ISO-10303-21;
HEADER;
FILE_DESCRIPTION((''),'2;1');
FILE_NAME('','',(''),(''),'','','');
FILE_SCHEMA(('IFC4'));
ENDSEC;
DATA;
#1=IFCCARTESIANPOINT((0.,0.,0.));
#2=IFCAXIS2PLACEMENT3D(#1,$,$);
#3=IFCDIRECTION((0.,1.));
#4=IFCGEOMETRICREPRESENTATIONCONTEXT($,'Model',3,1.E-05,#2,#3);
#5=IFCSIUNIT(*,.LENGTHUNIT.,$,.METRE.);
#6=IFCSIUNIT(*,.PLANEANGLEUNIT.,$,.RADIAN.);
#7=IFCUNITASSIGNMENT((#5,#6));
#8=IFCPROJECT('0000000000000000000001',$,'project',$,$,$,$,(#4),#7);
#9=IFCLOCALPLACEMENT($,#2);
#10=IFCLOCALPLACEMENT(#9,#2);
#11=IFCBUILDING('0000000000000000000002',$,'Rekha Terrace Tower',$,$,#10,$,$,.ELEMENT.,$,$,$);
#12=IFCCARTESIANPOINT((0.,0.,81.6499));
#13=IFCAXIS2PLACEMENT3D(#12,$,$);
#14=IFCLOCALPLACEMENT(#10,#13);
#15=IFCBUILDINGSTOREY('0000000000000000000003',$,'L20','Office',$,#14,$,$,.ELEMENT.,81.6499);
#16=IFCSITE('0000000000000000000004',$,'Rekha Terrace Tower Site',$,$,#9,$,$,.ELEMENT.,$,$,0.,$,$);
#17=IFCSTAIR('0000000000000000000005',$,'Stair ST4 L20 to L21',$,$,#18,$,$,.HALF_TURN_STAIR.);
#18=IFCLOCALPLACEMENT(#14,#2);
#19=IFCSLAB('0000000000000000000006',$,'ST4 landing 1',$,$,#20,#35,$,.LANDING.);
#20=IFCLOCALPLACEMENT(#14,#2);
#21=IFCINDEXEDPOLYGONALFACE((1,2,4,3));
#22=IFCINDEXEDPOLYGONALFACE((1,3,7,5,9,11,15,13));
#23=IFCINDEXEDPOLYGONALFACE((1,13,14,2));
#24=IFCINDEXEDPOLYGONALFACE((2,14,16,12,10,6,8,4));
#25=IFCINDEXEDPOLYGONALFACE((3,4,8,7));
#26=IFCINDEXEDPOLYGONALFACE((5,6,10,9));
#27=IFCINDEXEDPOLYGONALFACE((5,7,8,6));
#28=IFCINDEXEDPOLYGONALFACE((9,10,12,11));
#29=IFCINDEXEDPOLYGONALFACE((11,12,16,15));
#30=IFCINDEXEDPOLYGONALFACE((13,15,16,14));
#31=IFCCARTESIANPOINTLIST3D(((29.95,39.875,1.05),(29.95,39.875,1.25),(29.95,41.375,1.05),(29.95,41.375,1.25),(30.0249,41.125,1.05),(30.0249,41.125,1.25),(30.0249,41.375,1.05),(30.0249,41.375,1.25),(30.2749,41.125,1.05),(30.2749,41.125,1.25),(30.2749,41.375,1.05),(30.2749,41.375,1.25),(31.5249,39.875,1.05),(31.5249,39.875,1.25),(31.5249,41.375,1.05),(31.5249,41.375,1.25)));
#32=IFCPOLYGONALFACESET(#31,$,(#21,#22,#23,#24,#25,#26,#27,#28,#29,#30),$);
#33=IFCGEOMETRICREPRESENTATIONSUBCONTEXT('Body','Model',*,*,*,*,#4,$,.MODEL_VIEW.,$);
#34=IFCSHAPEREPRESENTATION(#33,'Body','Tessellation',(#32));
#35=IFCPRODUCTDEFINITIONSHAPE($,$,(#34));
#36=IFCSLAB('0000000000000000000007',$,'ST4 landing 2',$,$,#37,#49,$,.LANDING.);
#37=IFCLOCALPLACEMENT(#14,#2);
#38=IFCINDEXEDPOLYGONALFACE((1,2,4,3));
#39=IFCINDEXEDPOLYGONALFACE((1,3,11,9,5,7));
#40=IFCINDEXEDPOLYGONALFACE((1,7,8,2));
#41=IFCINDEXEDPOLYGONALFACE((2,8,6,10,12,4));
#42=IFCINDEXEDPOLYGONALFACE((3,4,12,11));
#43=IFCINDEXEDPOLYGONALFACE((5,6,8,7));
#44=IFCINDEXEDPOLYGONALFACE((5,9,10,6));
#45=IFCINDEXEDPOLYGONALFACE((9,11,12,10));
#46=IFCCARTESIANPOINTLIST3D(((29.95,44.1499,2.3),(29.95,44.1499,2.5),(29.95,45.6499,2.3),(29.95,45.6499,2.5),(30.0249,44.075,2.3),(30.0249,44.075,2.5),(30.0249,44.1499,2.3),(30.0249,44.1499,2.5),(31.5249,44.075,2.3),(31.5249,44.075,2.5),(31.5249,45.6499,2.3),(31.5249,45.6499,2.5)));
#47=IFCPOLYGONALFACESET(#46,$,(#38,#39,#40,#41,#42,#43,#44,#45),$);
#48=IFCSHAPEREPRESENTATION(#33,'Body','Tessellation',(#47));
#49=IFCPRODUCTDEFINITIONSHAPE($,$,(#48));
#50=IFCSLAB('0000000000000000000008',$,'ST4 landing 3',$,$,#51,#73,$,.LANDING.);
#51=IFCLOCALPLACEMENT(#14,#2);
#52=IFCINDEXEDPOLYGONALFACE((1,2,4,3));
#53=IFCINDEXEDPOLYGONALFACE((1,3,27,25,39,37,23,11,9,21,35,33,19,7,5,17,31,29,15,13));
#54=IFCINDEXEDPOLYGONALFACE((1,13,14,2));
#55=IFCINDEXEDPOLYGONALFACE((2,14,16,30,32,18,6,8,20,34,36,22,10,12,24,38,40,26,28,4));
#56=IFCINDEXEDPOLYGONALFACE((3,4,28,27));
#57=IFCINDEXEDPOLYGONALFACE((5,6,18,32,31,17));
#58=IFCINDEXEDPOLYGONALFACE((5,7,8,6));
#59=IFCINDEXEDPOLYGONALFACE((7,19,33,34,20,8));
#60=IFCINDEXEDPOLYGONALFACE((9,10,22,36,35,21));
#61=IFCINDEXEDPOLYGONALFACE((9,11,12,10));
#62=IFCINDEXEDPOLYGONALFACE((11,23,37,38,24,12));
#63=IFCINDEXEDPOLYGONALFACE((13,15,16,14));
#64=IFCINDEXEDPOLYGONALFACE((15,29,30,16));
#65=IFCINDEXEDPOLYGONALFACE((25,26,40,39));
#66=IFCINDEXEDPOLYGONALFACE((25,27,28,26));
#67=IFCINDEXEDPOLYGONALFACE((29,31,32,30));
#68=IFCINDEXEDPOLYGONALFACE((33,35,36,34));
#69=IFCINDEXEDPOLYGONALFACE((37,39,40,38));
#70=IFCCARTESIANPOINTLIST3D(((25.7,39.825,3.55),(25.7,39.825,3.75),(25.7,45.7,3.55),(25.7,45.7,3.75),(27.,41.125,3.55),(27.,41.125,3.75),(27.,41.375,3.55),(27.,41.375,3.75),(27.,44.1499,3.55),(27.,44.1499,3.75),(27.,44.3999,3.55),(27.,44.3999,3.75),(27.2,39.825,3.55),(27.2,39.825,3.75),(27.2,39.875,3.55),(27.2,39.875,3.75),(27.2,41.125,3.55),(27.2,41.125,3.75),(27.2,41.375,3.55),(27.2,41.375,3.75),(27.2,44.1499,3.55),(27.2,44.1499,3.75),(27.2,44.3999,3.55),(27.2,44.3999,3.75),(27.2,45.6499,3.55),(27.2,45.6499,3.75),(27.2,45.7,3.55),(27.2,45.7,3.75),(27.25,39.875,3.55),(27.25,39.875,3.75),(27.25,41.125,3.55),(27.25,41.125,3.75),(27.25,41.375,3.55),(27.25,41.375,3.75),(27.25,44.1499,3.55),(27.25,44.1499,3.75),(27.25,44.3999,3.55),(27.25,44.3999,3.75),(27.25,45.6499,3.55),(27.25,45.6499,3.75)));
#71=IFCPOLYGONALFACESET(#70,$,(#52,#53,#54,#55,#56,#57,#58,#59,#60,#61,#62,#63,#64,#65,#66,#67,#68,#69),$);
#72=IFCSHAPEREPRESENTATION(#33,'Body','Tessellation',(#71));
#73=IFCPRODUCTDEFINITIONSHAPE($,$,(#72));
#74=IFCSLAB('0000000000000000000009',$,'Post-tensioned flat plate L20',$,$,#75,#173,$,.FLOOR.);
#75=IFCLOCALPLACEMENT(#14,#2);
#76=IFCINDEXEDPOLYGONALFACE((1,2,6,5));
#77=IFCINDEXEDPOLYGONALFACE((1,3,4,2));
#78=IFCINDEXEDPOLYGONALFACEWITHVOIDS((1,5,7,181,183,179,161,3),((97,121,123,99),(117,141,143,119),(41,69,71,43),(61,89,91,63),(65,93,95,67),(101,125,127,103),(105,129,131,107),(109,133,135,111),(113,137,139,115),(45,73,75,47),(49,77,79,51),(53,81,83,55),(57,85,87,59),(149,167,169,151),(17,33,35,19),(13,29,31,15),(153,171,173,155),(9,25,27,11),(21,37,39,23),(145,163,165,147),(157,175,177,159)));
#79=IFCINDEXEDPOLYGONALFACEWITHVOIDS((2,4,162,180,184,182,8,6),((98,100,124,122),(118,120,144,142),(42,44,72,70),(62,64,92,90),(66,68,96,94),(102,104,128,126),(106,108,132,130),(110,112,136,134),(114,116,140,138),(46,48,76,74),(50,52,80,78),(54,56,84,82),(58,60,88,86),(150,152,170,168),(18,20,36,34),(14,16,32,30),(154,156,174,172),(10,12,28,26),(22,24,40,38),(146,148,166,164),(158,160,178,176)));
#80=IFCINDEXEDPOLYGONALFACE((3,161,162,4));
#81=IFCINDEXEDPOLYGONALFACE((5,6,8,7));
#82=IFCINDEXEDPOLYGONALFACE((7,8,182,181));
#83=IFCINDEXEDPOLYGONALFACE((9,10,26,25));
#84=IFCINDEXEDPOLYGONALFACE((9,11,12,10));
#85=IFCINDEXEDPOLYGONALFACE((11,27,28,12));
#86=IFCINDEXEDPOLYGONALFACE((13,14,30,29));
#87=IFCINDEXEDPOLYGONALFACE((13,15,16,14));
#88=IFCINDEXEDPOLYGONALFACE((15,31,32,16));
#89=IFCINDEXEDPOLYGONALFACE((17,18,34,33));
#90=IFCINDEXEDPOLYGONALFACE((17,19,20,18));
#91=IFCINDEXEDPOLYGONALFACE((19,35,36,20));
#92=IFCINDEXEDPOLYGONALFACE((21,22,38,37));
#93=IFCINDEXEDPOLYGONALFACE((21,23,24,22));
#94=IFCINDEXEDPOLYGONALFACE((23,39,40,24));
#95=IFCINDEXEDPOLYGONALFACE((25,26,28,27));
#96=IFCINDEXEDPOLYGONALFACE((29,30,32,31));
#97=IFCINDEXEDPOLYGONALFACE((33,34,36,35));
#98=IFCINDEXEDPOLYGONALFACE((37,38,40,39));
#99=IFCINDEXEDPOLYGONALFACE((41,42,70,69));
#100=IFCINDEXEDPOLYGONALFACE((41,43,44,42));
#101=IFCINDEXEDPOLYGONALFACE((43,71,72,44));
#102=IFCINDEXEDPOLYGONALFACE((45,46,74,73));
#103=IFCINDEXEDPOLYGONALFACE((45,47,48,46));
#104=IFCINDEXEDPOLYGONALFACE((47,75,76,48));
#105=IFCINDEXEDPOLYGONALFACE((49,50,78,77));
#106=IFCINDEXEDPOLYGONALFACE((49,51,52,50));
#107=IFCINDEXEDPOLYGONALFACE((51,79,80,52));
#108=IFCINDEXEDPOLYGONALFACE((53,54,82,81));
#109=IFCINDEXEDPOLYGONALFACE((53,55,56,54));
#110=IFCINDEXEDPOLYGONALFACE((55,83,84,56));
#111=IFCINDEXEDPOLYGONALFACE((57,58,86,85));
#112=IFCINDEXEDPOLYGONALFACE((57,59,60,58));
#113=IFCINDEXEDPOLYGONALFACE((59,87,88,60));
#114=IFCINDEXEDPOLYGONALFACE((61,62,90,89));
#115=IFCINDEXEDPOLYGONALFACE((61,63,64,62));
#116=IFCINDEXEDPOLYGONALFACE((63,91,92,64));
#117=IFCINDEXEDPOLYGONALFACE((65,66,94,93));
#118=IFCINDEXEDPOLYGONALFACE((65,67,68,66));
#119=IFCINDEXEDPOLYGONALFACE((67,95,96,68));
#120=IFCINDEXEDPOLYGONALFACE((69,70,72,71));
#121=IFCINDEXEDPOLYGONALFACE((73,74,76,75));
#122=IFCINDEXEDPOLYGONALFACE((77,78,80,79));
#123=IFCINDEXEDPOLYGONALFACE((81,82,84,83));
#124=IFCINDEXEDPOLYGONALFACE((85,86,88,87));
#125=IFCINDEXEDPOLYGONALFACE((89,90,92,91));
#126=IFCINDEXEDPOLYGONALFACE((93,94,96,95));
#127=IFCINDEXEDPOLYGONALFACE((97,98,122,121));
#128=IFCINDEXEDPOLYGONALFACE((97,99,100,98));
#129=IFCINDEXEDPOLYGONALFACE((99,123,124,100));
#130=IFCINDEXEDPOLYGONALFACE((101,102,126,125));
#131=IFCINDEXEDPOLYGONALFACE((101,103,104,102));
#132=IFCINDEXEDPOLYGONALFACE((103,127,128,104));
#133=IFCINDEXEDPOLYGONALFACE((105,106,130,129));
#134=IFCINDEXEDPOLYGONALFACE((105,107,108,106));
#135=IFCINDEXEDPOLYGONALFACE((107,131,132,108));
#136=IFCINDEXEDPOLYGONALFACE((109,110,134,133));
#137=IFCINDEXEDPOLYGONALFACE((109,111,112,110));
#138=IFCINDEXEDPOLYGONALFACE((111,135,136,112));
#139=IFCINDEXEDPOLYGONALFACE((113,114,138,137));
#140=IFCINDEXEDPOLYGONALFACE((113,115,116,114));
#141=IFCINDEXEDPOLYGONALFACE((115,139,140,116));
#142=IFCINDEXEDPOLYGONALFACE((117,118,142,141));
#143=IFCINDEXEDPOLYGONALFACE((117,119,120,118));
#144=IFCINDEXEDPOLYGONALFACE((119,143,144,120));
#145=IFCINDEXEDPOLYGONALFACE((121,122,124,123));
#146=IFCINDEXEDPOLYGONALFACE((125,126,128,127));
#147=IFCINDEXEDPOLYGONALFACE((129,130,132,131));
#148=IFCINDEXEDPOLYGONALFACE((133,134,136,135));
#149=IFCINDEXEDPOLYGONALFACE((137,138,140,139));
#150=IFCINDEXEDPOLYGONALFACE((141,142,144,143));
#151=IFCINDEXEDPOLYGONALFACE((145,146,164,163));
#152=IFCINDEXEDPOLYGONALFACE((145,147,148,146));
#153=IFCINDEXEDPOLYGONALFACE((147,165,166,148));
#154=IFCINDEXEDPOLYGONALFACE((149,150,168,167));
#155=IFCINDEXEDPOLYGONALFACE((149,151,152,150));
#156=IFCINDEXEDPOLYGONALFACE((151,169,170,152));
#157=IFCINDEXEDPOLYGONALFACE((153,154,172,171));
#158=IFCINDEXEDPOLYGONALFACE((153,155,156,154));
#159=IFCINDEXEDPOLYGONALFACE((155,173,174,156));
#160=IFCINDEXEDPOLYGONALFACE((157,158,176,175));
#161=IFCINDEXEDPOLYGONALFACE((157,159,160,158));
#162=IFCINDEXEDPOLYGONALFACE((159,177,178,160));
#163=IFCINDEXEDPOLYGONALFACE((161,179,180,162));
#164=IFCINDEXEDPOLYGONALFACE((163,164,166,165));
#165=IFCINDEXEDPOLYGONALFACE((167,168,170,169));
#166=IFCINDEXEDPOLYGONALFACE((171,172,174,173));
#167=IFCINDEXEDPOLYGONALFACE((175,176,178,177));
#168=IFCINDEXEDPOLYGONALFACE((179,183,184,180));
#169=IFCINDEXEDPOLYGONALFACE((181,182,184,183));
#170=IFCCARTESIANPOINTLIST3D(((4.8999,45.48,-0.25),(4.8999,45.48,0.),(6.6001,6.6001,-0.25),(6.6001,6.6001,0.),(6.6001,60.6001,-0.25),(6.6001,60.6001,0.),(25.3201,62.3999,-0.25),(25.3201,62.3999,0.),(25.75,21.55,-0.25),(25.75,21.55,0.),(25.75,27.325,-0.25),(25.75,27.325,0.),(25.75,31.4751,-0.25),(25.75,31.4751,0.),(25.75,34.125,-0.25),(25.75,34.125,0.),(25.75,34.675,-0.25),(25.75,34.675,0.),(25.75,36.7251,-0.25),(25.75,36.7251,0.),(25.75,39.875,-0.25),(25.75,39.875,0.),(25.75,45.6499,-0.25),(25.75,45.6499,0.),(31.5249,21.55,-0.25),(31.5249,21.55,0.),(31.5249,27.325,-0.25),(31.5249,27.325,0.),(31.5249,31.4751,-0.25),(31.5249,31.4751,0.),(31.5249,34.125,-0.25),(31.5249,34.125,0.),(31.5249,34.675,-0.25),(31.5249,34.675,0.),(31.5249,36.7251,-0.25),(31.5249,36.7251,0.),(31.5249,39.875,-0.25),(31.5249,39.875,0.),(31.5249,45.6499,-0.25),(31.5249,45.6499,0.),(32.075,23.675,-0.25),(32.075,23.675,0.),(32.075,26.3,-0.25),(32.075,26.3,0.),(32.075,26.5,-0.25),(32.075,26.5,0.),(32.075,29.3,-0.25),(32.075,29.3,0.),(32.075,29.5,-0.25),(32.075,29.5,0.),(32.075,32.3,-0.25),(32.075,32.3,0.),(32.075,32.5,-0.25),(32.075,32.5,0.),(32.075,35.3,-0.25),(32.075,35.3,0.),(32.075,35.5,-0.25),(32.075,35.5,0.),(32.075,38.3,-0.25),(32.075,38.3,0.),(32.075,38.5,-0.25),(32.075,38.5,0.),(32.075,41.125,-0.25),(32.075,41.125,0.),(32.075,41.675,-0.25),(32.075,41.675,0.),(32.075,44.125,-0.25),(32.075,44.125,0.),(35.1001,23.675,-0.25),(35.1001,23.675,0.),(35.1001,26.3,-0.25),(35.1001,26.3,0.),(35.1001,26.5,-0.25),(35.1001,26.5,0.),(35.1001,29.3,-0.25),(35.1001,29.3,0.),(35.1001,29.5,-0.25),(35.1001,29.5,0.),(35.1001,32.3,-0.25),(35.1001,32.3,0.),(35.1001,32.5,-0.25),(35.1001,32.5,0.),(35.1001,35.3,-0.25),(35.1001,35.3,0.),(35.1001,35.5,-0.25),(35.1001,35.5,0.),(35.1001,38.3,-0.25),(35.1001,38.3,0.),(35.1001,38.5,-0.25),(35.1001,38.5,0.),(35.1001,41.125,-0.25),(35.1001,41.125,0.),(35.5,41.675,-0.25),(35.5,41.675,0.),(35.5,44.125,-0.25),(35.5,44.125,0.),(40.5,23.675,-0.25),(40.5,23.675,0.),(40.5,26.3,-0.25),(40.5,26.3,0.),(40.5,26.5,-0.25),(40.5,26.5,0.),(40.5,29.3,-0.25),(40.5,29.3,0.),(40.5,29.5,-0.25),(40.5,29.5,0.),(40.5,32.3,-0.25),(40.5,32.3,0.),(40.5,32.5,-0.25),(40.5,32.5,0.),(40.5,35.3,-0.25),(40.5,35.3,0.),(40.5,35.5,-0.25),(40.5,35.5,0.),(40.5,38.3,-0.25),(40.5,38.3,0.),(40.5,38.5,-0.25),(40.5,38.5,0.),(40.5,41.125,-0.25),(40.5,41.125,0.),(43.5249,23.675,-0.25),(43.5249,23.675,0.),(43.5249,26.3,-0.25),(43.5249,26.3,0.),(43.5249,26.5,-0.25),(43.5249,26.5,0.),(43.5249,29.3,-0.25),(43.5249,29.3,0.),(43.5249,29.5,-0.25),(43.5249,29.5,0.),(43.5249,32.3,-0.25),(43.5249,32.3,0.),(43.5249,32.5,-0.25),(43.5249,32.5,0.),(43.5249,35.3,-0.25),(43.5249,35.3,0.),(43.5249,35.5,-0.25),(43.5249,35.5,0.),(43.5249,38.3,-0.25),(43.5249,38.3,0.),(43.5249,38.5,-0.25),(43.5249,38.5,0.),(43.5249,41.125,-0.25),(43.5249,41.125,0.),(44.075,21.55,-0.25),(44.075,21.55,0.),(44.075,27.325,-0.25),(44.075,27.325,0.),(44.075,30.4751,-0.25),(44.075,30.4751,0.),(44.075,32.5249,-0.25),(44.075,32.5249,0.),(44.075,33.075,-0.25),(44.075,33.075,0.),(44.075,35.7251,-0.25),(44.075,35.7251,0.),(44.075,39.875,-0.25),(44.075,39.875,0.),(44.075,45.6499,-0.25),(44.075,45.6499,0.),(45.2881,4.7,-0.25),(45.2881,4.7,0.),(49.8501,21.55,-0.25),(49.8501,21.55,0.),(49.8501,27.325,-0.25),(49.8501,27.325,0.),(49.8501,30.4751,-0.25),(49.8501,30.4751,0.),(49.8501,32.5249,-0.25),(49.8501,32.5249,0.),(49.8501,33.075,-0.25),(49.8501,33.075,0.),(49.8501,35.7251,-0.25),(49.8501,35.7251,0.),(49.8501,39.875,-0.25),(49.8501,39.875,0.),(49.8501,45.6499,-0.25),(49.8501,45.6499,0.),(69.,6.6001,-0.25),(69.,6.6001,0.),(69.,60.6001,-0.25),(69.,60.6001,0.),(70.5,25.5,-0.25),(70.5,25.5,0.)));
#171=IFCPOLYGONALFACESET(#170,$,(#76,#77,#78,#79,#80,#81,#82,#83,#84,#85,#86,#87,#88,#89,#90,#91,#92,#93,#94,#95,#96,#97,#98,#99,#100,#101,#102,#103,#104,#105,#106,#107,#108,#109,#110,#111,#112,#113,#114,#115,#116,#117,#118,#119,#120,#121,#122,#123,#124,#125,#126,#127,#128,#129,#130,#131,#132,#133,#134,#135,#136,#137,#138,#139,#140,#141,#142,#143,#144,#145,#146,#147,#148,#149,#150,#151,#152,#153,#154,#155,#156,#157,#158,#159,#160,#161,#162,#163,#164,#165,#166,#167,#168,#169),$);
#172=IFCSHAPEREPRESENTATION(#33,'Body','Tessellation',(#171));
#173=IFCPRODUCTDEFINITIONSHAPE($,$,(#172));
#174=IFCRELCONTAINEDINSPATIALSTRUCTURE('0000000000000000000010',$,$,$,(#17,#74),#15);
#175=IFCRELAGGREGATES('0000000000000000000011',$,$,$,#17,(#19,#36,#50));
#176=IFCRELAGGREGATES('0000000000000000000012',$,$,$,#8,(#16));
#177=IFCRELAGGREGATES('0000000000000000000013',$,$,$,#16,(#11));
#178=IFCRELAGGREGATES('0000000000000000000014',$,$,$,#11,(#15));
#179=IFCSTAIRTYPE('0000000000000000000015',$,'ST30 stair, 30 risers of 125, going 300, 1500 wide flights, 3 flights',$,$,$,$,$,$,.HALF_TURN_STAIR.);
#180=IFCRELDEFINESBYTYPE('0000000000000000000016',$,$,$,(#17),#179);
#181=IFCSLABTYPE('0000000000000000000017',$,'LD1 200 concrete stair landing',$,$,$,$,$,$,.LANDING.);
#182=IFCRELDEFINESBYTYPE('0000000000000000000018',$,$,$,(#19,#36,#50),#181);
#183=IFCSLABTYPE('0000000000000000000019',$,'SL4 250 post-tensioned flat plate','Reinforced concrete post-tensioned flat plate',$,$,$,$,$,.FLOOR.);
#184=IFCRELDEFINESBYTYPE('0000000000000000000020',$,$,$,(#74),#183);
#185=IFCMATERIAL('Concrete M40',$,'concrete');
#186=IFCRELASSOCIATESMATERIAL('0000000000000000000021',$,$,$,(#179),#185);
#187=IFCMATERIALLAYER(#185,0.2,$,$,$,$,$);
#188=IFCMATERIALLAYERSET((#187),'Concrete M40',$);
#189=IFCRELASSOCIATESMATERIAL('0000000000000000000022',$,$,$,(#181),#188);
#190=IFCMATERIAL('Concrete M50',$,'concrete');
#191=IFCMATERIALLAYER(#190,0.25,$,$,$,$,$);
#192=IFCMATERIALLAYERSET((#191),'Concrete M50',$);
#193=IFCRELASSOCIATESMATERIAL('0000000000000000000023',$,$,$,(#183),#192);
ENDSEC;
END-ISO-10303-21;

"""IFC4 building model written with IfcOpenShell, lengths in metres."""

from ifc_helpers import new_model, si_unit, direction, frame, origin, place, context, subcontext, project, spatial, polyline, outline, extrude, material, layer, layer_set, type_object, element, aggregate, save


model = new_model("IFC4")

# Units and contexts
model_context = context("Model", 3, precision=1e-05, world=origin(), true_north=direction((0.0, 1.0)))
body_context = subcontext(model_context, "Body", "Model", "MODEL_VIEW")
ifc_project = project(units=[si_unit("LENGTHUNIT", "METRE"), si_unit("PLANEANGLEUNIT", "RADIAN")], contexts=[model_context])

# Site, building, storey
site_placement = place(None, origin())
site = spatial("IfcSite", under=ifc_project, at=site_placement, Name="Rekha Terrace Tower Site", CompositionType="ELEMENT", RefElevation=0.0)
building_placement = place(site_placement, origin())
building = spatial("IfcBuilding", under=site, at=building_placement, Name="Rekha Terrace Tower", CompositionType="ELEMENT")
storey_placement = place(building_placement, frame((0.0, 0.0, 81.6499)))
storey = spatial("IfcBuildingStorey", under=building, at=storey_placement, Name="L20", Description="Office", CompositionType="ELEMENT", Elevation=81.6499)

# Stair, slabs
ifc_material_1 = material(Name="Concrete M40", Category="concrete")
stair_type = type_object("IfcStairType", Name="ST30 stair, 30 risers of 125, going 300, 1500 wide flights, 3 flights", PredefinedType="HALF_TURN_STAIR", material=ifc_material_1)
ifc_layer_1 = layer(ifc_material_1, 0.2)
ifc_layer_set_1 = layer_set([ifc_layer_1], Name="Concrete M40")
slab_type_1 = type_object("IfcSlabType", Name="LD1 200 concrete stair landing", PredefinedType="LANDING", material=ifc_layer_set_1)
stair_1_placement = place(storey_placement, origin())
stair_1 = element("IfcStair", 1, at=stair_1_placement, inside=storey, type_object=stair_type, Name="Stair ST4 L20 to L21", PredefinedType="HALF_TURN_STAIR")
slab_1_placement = place(storey_placement, frame((0.0, 0.0, 1.05)))
slab_1 = element("IfcSlab", 2, at=slab_1_placement, type_object=slab_type_1, Name="ST4 landing 1", PredefinedType="LANDING", context=body_context, shape_type="SweptSolid", body=[
    extrude(outline(polyline([(31.5249, 41.375), (31.5249, 39.875), (29.95, 39.875), (29.95, 41.375), (30.0249, 41.375), (30.0249, 41.125), (30.2749, 41.125), (30.2749, 41.375), (31.5249, 41.375)])), origin(), (0.0, 0.0, 1.0), 0.2),
])
slab_2_placement = place(storey_placement, frame((0.0, 0.0, 2.3)))
slab_2 = element("IfcSlab", 3, at=slab_2_placement, type_object=slab_type_1, Name="ST4 landing 2", PredefinedType="LANDING", context=body_context, shape_type="SweptSolid", body=[
    extrude(outline(polyline([(29.95, 44.1499), (29.95, 45.6499), (31.5249, 45.6499), (31.5249, 44.075), (30.0249, 44.075), (30.0249, 44.1499), (29.95, 44.1499)])), origin(), (0.0, 0.0, 1.0), 0.2),
])
slab_3_placement = place(storey_placement, frame((0.0, 0.0, 3.55)))
slab_3 = element("IfcSlab", 4, at=slab_3_placement, type_object=slab_type_1, Name="ST4 landing 3", PredefinedType="LANDING", context=body_context, shape_type="SweptSolid", body=[
    extrude(outline(polyline([(27.25, 45.6499), (27.25, 44.3999), (27.2, 44.3999), (27.0, 44.3999), (27.0, 44.1499), (27.2, 44.1499), (27.25, 44.1499), (27.25, 41.375), (27.2, 41.375), (27.0, 41.375), (27.0, 41.125), (27.2, 41.125), (27.25, 41.125), (27.25, 39.875), (27.2, 39.875), (27.2, 39.825), (25.7, 39.825), (25.7, 45.7), (27.2, 45.7), (27.2, 45.6499), (27.25, 45.6499)])), origin(), (0.0, 0.0, 1.0), 0.2),
])
aggregate(stair_1, [slab_1, slab_2, slab_3])

# Slab
ifc_material_2 = material(Name="Concrete M50", Category="concrete")
ifc_layer_2 = layer(ifc_material_2, 0.25)
ifc_layer_set_2 = layer_set([ifc_layer_2], Name="Concrete M50")
slab_type_2 = type_object("IfcSlabType", Name="SL4 250 post-tensioned flat plate", Description="Reinforced concrete post-tensioned flat plate", PredefinedType="FLOOR", material=ifc_layer_set_2)
slab_4_placement = place(storey_placement, frame((0.0, 0.0, -0.25)))
element("IfcSlab", 5, at=slab_4_placement, inside=storey, type_object=slab_type_2, Name="Post-tensioned flat plate L20", PredefinedType="FLOOR", context=body_context, shape_type="SweptSolid", body=[
    extrude(outline(polyline([(4.8999, 45.48), (6.6001, 6.6001), (45.2881, 4.7), (69.0, 6.6001), (70.5, 25.5), (69.0, 60.6001), (25.3201, 62.3999), (6.6001, 60.6001), (4.8999, 45.48)]), holes=[polyline([(31.5249, 27.325), (31.5249, 21.55), (25.75, 21.55), (25.75, 27.325), (31.5249, 27.325)]), polyline([(35.1001, 26.3), (35.1001, 23.675), (32.075, 23.675), (32.075, 26.3), (35.1001, 26.3)]), polyline([(35.1001, 29.3), (35.1001, 26.5), (32.075, 26.5), (32.075, 29.3), (35.1001, 29.3)]), polyline([(35.1001, 29.5), (32.075, 29.5), (32.075, 32.3), (35.1001, 32.3), (35.1001, 29.5)]), polyline([(31.5249, 31.4751), (25.75, 31.4751), (25.75, 34.125), (31.5249, 34.125), (31.5249, 31.4751)]), polyline([(35.1001, 35.3), (35.1001, 32.5), (32.075, 32.5), (32.075, 35.3), (35.1001, 35.3)]), polyline([(31.5249, 36.7251), (31.5249, 34.675), (25.75, 34.675), (25.75, 36.7251), (31.5249, 36.7251)]), polyline([(35.1001, 38.3), (35.1001, 35.5), (32.075, 35.5), (32.075, 38.3), (35.1001, 38.3)]), polyline([(35.1001, 38.5), (32.075, 38.5), (32.075, 41.125), (35.1001, 41.125), (35.1001, 38.5)]), polyline([(31.5249, 39.875), (25.75, 39.875), (25.75, 45.6499), (31.5249, 45.6499), (31.5249, 39.875)]), polyline([(35.5, 44.125), (35.5, 41.675), (32.075, 41.675), (32.075, 44.125), (35.5, 44.125)]), polyline([(49.8501, 27.325), (49.8501, 21.55), (44.075, 21.55), (44.075, 27.325), (49.8501, 27.325)]), polyline([(43.5249, 26.3), (43.5249, 23.675), (40.5, 23.675), (40.5, 26.3), (43.5249, 26.3)]), polyline([(43.5249, 26.5), (40.5, 26.5), (40.5, 29.3), (43.5249, 29.3), (43.5249, 26.5)]), polyline([(43.5249, 29.5), (40.5, 29.5), (40.5, 32.3), (43.5249, 32.3), (43.5249, 29.5)]), polyline([(49.8501, 32.5249), (49.8501, 30.4751), (44.075, 30.4751), (44.075, 32.5249), (49.8501, 32.5249)]), polyline([(43.5249, 32.5), (40.5, 32.5), (40.5, 35.3), (43.5249, 35.3), (43.5249, 32.5)]), polyline([(49.8501, 33.075), (44.075, 33.075), (44.075, 35.7251), (49.8501, 35.7251), (49.8501, 33.075)]), polyline([(43.5249, 38.3), (43.5249, 35.5), (40.5, 35.5), (40.5, 38.3), (43.5249, 38.3)]), polyline([(43.5249, 38.5), (40.5, 38.5), (40.5, 41.125), (43.5249, 41.125), (43.5249, 38.5)]), polyline([(49.8501, 39.875), (44.075, 39.875), (44.075, 45.6499), (49.8501, 45.6499), (49.8501, 39.875)])]), origin(), (0.0, 0.0, 1.0), 0.25),
])

save(model, "model.ifc")
